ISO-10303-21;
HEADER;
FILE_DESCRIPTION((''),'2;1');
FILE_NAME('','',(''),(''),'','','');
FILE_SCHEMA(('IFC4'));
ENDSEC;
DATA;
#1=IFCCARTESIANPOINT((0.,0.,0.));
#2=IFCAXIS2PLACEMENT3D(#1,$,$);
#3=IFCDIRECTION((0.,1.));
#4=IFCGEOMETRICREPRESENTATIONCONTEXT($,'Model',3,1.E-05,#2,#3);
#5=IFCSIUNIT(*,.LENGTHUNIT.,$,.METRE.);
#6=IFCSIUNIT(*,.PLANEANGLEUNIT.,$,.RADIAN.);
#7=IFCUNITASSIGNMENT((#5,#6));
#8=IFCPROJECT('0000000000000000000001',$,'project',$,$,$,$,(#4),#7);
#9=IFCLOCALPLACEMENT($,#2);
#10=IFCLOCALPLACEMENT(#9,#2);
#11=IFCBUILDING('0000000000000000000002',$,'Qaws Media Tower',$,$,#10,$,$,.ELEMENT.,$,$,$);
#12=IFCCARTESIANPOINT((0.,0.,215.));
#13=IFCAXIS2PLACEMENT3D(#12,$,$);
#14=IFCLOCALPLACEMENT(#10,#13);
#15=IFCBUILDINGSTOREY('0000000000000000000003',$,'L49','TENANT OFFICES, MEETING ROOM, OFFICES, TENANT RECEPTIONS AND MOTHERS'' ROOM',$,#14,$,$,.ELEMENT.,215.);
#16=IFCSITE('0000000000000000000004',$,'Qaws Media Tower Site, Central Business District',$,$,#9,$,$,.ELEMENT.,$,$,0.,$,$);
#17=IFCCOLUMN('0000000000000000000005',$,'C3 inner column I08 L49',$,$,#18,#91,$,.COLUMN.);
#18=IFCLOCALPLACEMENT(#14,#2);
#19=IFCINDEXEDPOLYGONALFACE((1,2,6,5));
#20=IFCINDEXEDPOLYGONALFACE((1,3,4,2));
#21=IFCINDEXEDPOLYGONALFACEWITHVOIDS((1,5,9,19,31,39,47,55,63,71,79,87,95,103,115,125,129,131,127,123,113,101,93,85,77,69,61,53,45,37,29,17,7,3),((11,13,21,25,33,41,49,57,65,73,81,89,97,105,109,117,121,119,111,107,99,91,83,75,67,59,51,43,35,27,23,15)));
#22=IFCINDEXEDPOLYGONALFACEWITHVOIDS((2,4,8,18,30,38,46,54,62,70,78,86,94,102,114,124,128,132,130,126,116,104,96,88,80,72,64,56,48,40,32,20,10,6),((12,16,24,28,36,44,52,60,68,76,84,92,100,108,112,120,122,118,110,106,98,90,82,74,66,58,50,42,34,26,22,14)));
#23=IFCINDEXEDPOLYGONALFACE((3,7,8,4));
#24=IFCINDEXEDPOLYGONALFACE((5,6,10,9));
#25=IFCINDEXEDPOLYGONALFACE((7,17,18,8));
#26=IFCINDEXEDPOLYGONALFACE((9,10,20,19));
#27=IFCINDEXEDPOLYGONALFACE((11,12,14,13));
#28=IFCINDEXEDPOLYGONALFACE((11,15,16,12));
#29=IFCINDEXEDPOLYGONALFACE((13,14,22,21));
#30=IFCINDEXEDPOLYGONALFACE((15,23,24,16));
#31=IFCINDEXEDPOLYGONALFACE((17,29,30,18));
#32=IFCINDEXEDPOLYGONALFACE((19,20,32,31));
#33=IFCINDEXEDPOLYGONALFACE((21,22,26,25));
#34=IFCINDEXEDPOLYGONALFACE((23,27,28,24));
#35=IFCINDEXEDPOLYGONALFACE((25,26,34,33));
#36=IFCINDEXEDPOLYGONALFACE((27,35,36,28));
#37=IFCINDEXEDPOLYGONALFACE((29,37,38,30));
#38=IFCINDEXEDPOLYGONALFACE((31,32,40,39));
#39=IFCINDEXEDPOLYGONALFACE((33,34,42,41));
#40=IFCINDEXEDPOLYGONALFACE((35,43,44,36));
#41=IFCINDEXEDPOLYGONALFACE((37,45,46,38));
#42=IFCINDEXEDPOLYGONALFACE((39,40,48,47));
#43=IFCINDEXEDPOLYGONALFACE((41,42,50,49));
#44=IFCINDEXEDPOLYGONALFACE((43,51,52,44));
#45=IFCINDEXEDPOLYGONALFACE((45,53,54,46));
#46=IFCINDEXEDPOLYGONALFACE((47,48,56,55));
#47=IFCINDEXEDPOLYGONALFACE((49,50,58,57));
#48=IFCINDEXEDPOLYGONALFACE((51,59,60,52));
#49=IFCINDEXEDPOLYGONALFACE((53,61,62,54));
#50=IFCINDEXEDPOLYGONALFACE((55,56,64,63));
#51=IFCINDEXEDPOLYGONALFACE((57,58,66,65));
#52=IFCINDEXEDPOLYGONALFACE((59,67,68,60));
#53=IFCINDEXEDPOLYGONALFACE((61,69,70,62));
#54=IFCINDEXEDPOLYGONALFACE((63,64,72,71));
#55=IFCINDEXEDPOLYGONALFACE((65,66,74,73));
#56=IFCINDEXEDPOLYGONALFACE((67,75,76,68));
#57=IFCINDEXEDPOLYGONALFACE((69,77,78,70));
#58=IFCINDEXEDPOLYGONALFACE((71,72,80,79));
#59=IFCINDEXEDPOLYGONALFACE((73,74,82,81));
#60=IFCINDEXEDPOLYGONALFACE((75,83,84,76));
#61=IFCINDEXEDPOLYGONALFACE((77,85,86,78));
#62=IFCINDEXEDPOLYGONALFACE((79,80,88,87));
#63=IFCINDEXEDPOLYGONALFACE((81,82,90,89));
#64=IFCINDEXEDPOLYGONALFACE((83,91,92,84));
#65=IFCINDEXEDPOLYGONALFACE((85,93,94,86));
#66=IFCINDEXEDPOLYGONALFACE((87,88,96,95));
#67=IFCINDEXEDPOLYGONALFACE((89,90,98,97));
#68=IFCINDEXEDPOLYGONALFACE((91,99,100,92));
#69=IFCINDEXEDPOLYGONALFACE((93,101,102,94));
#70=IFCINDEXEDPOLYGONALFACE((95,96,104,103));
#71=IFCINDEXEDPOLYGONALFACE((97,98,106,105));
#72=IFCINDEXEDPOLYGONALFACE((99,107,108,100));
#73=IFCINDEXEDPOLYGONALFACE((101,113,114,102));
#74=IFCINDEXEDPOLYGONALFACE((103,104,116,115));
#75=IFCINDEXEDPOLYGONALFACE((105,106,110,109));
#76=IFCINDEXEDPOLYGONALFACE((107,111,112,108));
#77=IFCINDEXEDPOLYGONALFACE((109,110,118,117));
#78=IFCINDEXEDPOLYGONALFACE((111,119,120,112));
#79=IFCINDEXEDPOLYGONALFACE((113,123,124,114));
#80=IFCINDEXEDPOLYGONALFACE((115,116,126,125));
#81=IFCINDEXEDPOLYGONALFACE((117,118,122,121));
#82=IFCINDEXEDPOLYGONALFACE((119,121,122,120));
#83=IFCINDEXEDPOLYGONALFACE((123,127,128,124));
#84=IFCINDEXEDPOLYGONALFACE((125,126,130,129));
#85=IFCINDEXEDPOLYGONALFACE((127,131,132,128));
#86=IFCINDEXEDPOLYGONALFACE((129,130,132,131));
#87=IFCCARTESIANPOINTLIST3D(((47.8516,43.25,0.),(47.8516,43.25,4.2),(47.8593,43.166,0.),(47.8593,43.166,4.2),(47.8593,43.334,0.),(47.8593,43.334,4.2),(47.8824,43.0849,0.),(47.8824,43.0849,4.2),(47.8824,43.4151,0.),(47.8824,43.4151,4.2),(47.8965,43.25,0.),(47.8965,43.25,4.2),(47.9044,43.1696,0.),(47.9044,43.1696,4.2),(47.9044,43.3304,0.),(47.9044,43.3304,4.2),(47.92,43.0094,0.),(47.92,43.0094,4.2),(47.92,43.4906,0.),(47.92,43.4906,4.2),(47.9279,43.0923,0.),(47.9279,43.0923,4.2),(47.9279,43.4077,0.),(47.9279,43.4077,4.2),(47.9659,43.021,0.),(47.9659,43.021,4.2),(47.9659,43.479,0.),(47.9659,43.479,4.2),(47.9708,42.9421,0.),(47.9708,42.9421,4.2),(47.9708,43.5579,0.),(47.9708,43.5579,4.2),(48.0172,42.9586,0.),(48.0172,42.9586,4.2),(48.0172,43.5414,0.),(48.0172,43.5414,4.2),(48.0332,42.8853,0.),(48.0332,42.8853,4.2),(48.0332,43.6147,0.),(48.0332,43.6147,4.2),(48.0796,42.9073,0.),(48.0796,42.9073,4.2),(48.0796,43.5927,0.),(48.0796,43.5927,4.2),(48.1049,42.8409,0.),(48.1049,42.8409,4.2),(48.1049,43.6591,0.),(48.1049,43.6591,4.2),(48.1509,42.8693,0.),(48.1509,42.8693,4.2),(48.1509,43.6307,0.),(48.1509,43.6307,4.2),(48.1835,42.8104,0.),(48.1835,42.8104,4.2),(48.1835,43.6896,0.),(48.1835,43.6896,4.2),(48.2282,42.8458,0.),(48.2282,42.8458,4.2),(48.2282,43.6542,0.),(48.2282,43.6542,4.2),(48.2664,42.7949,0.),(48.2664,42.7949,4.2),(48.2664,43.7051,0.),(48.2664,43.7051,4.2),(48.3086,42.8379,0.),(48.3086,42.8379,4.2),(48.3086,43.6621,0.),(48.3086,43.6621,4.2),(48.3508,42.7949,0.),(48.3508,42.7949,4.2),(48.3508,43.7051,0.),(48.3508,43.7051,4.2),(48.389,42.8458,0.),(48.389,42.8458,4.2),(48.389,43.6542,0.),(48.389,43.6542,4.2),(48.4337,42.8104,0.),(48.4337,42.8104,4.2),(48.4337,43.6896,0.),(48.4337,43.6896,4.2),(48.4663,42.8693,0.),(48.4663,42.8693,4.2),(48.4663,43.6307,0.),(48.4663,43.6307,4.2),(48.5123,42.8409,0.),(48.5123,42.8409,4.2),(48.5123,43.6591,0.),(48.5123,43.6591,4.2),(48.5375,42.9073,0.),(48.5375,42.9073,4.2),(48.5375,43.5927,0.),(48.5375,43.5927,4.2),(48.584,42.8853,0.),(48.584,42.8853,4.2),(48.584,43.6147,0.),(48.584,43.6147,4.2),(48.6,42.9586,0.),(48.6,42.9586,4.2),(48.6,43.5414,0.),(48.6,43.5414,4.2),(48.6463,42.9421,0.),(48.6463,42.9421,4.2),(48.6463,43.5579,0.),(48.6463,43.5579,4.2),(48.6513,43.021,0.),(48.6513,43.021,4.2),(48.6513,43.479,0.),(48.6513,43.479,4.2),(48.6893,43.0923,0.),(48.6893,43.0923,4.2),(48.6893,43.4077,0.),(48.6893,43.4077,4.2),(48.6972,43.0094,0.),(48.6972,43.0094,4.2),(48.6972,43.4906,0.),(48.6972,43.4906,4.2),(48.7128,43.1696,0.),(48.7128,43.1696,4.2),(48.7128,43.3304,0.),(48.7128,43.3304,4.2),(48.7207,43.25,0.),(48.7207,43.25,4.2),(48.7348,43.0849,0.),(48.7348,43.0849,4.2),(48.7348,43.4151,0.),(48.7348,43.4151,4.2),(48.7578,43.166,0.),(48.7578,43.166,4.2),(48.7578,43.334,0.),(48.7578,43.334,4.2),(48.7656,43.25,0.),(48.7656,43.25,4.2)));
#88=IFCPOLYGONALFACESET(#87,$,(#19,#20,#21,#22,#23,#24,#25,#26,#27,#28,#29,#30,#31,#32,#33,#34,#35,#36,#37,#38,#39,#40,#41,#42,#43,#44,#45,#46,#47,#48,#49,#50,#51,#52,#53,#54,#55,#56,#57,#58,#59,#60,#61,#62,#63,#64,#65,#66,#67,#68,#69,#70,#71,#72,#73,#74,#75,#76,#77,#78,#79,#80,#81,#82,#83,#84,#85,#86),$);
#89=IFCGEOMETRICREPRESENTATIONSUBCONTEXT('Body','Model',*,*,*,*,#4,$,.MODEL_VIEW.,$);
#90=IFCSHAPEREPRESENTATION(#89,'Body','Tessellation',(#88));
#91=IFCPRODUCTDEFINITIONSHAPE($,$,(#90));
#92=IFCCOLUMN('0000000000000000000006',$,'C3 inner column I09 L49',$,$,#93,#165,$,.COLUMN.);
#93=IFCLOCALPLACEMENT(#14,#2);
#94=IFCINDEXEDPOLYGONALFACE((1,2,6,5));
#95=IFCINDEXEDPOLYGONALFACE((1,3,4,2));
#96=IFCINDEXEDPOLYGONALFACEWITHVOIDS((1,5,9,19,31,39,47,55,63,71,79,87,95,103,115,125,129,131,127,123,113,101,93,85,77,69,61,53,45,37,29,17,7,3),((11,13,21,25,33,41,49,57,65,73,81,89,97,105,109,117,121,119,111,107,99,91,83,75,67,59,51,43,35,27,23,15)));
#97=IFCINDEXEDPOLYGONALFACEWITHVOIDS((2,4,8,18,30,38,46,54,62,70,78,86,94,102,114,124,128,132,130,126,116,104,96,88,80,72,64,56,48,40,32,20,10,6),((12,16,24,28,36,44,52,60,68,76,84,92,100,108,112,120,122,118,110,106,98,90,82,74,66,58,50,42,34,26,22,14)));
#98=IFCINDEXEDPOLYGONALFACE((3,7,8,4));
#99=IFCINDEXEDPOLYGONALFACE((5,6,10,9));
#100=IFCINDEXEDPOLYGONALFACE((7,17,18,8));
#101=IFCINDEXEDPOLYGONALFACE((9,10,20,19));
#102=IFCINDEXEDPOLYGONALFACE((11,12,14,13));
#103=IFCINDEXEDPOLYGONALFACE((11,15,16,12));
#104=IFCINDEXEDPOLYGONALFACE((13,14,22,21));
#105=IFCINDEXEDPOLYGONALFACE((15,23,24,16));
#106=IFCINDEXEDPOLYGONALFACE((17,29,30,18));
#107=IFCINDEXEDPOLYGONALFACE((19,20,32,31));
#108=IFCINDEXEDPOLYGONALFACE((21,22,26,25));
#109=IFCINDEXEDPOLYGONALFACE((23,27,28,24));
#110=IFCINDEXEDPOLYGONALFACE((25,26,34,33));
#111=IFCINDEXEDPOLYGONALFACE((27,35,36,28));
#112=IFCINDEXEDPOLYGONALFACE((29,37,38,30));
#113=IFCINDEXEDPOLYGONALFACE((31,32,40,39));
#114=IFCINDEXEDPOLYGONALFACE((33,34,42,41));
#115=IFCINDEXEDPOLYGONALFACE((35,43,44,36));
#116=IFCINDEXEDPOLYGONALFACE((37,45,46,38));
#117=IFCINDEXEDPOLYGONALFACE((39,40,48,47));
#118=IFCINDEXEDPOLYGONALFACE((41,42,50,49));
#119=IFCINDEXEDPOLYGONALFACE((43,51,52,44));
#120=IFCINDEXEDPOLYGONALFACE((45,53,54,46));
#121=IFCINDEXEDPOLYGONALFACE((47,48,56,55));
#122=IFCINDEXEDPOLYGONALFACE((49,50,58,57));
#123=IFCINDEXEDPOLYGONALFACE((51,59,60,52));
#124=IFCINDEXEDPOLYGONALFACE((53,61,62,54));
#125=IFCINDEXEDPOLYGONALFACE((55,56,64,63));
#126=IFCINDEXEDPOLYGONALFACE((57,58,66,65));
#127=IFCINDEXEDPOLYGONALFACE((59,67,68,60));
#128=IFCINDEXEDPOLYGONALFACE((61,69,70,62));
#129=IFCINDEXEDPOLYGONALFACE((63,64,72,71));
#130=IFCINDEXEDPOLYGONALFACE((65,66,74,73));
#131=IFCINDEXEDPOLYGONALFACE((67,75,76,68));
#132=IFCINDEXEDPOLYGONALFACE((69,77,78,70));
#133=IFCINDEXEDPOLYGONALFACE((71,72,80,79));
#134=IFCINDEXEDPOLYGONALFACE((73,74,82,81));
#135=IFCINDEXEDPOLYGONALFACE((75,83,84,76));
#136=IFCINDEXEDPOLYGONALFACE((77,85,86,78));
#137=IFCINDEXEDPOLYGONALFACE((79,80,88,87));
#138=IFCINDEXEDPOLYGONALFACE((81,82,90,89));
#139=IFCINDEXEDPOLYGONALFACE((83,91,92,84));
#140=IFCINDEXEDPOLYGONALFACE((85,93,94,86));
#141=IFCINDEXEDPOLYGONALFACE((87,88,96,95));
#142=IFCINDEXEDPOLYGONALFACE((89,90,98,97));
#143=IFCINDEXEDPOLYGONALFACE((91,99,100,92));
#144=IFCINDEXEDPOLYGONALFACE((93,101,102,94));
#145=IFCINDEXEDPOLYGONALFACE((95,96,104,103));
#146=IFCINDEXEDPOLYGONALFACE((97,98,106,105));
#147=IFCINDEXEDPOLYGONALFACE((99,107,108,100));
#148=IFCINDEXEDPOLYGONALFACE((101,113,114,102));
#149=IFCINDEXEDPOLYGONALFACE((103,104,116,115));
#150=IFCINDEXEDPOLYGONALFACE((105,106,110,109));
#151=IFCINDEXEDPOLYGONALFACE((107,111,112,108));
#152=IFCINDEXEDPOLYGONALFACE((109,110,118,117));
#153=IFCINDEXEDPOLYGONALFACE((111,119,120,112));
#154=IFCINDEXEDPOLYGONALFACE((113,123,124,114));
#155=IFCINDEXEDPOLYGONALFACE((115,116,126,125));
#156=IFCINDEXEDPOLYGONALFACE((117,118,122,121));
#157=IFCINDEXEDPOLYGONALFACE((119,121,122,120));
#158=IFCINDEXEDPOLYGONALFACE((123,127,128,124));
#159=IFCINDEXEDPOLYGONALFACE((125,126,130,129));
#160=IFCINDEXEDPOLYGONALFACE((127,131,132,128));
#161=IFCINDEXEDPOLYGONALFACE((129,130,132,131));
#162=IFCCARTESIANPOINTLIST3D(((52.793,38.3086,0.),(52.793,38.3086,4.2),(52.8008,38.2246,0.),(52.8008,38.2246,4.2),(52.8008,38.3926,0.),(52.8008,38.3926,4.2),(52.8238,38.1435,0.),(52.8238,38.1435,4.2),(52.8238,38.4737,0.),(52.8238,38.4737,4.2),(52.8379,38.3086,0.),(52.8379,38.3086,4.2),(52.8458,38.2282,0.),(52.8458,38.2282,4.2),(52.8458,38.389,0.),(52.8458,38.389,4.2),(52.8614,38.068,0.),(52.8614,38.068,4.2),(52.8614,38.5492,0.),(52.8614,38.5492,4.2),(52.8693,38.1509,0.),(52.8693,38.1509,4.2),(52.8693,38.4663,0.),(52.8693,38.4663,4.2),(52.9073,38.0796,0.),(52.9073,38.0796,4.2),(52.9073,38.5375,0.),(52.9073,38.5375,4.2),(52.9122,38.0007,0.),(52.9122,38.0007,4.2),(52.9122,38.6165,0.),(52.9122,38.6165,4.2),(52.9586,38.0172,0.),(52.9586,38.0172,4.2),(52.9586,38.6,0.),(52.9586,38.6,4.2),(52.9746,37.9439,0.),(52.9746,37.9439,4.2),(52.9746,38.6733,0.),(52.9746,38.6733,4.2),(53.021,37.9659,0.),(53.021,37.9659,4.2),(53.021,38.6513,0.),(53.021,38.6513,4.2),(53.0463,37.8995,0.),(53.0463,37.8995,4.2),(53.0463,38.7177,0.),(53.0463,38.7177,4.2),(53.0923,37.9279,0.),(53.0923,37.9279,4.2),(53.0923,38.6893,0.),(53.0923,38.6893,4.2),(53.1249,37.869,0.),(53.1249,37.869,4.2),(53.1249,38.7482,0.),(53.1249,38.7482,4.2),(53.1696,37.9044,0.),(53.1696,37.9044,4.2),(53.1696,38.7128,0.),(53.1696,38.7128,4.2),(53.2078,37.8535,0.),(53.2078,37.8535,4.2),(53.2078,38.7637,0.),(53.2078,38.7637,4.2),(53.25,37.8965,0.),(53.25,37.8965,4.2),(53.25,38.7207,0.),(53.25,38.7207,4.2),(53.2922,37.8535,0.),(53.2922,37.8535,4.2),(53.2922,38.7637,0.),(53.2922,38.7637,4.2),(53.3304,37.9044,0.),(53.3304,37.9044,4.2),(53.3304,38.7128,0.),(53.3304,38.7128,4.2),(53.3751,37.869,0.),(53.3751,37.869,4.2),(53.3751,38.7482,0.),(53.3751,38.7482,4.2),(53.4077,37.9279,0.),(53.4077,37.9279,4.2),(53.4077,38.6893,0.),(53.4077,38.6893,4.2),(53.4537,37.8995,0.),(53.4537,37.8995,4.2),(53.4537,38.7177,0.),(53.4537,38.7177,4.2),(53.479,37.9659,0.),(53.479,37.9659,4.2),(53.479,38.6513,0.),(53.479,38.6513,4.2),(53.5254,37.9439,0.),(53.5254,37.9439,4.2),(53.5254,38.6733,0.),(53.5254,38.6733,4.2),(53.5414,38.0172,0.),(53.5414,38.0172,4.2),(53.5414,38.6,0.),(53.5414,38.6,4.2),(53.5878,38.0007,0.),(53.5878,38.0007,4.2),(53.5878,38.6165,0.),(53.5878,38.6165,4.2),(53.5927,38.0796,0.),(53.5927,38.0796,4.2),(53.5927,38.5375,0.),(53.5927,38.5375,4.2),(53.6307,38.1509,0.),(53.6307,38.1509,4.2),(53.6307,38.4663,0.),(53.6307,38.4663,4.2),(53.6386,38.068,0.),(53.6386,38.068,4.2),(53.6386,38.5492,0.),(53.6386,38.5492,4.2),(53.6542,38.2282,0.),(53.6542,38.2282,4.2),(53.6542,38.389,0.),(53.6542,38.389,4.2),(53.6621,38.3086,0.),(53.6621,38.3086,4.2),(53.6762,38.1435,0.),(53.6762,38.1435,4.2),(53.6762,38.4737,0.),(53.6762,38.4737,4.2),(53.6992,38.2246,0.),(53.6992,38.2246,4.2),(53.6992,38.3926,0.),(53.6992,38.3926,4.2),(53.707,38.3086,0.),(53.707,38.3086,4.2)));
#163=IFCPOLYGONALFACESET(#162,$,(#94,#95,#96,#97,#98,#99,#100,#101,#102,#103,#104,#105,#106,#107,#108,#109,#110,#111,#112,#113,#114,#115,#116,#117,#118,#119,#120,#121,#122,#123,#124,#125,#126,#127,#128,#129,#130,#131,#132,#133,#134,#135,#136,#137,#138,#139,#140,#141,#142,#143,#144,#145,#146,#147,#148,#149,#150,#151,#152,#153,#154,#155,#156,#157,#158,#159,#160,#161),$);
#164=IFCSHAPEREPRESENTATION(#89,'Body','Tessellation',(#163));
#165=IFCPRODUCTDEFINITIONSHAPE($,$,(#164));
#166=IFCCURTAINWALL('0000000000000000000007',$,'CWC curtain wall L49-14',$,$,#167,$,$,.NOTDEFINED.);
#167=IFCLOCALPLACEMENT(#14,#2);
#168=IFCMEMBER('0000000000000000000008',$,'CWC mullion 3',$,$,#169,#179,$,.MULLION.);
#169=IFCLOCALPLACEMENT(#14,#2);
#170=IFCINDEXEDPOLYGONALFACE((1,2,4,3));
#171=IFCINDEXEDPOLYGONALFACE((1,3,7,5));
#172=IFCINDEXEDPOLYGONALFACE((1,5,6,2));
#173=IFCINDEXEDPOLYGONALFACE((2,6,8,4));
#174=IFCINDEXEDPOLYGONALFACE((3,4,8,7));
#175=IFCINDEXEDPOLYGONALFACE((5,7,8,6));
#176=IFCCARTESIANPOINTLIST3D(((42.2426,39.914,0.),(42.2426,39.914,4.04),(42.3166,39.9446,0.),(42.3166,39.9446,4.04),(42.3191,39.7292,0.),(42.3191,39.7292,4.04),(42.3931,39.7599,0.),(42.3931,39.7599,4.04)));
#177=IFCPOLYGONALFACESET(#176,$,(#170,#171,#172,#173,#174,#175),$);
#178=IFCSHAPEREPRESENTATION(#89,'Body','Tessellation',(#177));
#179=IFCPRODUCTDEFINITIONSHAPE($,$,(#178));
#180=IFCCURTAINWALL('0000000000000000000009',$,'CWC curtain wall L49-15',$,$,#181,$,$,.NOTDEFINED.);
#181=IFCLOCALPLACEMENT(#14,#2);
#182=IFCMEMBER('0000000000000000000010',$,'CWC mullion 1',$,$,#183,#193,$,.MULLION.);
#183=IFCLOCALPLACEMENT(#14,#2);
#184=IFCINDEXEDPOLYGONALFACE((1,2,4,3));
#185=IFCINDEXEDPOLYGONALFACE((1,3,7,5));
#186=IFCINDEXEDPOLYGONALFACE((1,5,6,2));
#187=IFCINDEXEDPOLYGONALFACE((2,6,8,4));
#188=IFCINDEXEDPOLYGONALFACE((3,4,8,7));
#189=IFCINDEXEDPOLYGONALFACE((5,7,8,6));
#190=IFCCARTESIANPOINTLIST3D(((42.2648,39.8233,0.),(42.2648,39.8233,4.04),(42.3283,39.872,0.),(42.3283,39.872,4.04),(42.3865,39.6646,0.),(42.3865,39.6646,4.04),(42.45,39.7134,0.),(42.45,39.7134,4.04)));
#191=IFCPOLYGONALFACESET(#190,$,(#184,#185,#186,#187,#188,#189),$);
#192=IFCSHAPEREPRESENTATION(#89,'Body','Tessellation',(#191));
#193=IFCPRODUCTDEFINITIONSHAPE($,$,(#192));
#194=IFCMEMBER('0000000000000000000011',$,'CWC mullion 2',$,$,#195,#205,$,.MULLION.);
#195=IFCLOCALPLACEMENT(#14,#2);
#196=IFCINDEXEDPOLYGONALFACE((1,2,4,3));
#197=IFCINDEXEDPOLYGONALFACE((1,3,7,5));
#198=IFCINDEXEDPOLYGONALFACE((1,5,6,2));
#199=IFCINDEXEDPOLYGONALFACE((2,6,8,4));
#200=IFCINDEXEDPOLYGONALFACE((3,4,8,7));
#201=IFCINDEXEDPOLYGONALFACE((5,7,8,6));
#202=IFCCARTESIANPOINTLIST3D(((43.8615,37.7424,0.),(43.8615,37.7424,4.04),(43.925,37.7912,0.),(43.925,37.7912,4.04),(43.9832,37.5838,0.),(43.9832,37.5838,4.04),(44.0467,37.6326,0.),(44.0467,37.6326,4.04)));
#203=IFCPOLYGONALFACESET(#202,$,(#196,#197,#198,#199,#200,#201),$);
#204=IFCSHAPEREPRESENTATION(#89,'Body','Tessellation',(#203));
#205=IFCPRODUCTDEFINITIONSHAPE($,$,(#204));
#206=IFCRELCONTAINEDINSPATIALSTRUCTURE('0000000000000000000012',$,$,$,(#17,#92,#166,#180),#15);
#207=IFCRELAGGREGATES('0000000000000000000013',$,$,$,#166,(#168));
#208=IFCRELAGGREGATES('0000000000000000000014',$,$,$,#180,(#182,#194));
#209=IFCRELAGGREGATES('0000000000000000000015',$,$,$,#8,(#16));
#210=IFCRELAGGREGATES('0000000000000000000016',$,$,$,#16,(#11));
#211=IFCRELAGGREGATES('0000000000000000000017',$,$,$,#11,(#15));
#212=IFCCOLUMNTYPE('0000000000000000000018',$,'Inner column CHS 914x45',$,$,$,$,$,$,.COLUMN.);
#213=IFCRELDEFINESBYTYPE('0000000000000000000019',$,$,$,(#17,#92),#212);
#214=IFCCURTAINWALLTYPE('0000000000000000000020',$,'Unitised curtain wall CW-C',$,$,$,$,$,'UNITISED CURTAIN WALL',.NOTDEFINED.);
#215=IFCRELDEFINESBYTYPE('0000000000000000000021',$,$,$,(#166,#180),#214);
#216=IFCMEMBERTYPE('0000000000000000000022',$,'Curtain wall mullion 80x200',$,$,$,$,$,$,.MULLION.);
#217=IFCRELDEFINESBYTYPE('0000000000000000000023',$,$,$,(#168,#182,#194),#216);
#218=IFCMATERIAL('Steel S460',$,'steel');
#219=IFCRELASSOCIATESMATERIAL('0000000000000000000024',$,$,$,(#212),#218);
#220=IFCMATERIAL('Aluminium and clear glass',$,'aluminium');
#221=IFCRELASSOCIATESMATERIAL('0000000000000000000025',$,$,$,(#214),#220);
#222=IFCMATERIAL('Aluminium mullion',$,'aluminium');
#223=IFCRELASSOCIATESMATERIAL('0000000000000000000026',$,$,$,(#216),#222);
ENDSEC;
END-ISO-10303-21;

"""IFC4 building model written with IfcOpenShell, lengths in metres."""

from ifc_helpers import new_model, si_unit, direction, frame, origin, origin_2d, place, context, subcontext, project, spatial, rectangle, hollow_circle, extrude, material, material_profile, profile_set, type_object, element, aggregate, save


model = new_model("IFC4")

# Units and contexts
model_context = context("Model", 3, precision=1e-05, world=origin(), true_north=direction((0.0, 1.0)))
body_context = subcontext(model_context, "Body", "Model", "MODEL_VIEW")
ifc_project = project(units=[si_unit("LENGTHUNIT", "METRE"), si_unit("PLANEANGLEUNIT", "RADIAN")], contexts=[model_context])

# Site, building, storey
site_placement = place(None, origin())
site = spatial("IfcSite", under=ifc_project, at=site_placement, Name="Qaws Media Tower Site, Central Business District", CompositionType="ELEMENT", RefElevation=0.0)
building_placement = place(site_placement, origin())
building = spatial("IfcBuilding", under=site, at=building_placement, Name="Qaws Media Tower", CompositionType="ELEMENT")
storey_placement = place(building_placement, frame((0.0, 0.0, 215.0)))
storey = spatial("IfcBuildingStorey", under=building, at=storey_placement, Name="L49", Description="TENANT OFFICES, MEETING ROOM, OFFICES, TENANT RECEPTIONS AND MOTHERS' ROOM", CompositionType="ELEMENT", Elevation=215.0)

# Columns
ifc_material_1 = material(Name="Steel S460", Category="steel")
ifc_material_profile_1 = material_profile(ifc_material_1, hollow_circle(Radius=0.457, WallThickness=0.0449, at=origin_2d()), Name="CHS 914x45")
ifc_profile_set_1 = profile_set([ifc_material_profile_1], Name="Steel S460")
column_type = type_object("IfcColumnType", Name="Inner column CHS 914x45", PredefinedType="COLUMN", material=ifc_profile_set_1)
for number, where, z_axis, x_axis, name in (
    (1, (48.3086, 43.25, 0.0), (0.0, 0.0, 1.0), (1.0, 0.0, 0.0), "C3 inner column I08 L49"),
    (2, (53.25, 38.3086, 0.0), (0.0, 0.0, 1.0), (1.0, 0.0, 0.0), "C3 inner column I09 L49"),
):
    element("IfcColumn", number, at=place(storey_placement, frame(where, z_axis=z_axis, x_axis=x_axis)), inside=storey, type_object=column_type, Name=name, PredefinedType="COLUMN", context=body_context, shape_type="SweptSolid", body=[
        extrude(hollow_circle(Radius=0.457, WallThickness=0.0449, at=origin_2d()), origin(), (0.0, 0.0, 1.0), 4.2),
    ])

# Curtain wall, member
ifc_material_2 = material(Name="Aluminium and clear glass", Category="aluminium")
curtain_wall_type = type_object("IfcCurtainWallType", Name="Unitised curtain wall CW-C", ElementType="UNITISED CURTAIN WALL", PredefinedType="NOTDEFINED", material=ifc_material_2)
curtain_wall_1_placement = place(storey_placement, origin())
curtain_wall_1 = element("IfcCurtainWall", 3, at=curtain_wall_1_placement, inside=storey, type_object=curtain_wall_type, Name="CWC curtain wall L49-14", PredefinedType="NOTDEFINED")
ifc_material_3 = material(Name="Aluminium mullion", Category="aluminium")
ifc_material_profile_2 = material_profile(ifc_material_3, rectangle(XDim=0.0801, YDim=0.2, at=origin_2d()), Name="80x200")
ifc_profile_set_2 = profile_set([ifc_material_profile_2], Name="Aluminium mullion")
member_type_1 = type_object("IfcMemberType", Name="Curtain wall mullion 80x200", PredefinedType="MULLION", material=ifc_profile_set_2)
member_1_placement = place(storey_placement, frame((42.3179, 39.8369, 0.0), z_axis=(0.0, 0.0, 1.0), x_axis=(0.923879, 0.382684, 0.0)))
member_1 = element("IfcMember", 4, at=member_1_placement, type_object=member_type_1, Name="CWC mullion 3", PredefinedType="MULLION", context=body_context, shape_type="SweptSolid", body=[
    extrude(rectangle(XDim=0.0801, YDim=0.2, at=origin_2d()), origin(), (0.0, 0.0, 1.0), 4.04),
])
aggregate(curtain_wall_1, [member_1])

# Curtain wall, members
curtain_wall_2_placement = place(storey_placement, origin())
curtain_wall_2 = element("IfcCurtainWall", 5, at=curtain_wall_2_placement, inside=storey, type_object=curtain_wall_type, Name="CWC curtain wall L49-15", PredefinedType="NOTDEFINED")
member_2_placement = place(storey_placement, frame((42.3574, 39.7683, 0.0), z_axis=(0.0, 0.0, 1.0), x_axis=(0.793353, 0.608761, 0.0)))
member_2 = element("IfcMember", 6, at=member_2_placement, type_object=member_type_1, Name="CWC mullion 1", PredefinedType="MULLION", context=body_context, shape_type="SweptSolid", body=[
    extrude(rectangle(XDim=0.0801, YDim=0.2, at=origin_2d()), origin(), (0.0, 0.0, 1.0), 4.04),
])
member_3_placement = place(storey_placement, frame((43.9541, 37.6875, 0.0), z_axis=(0.0, 0.0, 1.0), x_axis=(0.793353, 0.608761, 0.0)))
member_3 = element("IfcMember", 7, at=member_3_placement, type_object=member_type_1, Name="CWC mullion 2", PredefinedType="MULLION", context=body_context, shape_type="SweptSolid", body=[
    extrude(rectangle(XDim=0.0801, YDim=0.2, at=origin_2d()), origin(), (0.0, 0.0, 1.0), 4.04),
])

aggregate(curtain_wall_2, [member_2, member_3])

save(model, "model.ifc")
